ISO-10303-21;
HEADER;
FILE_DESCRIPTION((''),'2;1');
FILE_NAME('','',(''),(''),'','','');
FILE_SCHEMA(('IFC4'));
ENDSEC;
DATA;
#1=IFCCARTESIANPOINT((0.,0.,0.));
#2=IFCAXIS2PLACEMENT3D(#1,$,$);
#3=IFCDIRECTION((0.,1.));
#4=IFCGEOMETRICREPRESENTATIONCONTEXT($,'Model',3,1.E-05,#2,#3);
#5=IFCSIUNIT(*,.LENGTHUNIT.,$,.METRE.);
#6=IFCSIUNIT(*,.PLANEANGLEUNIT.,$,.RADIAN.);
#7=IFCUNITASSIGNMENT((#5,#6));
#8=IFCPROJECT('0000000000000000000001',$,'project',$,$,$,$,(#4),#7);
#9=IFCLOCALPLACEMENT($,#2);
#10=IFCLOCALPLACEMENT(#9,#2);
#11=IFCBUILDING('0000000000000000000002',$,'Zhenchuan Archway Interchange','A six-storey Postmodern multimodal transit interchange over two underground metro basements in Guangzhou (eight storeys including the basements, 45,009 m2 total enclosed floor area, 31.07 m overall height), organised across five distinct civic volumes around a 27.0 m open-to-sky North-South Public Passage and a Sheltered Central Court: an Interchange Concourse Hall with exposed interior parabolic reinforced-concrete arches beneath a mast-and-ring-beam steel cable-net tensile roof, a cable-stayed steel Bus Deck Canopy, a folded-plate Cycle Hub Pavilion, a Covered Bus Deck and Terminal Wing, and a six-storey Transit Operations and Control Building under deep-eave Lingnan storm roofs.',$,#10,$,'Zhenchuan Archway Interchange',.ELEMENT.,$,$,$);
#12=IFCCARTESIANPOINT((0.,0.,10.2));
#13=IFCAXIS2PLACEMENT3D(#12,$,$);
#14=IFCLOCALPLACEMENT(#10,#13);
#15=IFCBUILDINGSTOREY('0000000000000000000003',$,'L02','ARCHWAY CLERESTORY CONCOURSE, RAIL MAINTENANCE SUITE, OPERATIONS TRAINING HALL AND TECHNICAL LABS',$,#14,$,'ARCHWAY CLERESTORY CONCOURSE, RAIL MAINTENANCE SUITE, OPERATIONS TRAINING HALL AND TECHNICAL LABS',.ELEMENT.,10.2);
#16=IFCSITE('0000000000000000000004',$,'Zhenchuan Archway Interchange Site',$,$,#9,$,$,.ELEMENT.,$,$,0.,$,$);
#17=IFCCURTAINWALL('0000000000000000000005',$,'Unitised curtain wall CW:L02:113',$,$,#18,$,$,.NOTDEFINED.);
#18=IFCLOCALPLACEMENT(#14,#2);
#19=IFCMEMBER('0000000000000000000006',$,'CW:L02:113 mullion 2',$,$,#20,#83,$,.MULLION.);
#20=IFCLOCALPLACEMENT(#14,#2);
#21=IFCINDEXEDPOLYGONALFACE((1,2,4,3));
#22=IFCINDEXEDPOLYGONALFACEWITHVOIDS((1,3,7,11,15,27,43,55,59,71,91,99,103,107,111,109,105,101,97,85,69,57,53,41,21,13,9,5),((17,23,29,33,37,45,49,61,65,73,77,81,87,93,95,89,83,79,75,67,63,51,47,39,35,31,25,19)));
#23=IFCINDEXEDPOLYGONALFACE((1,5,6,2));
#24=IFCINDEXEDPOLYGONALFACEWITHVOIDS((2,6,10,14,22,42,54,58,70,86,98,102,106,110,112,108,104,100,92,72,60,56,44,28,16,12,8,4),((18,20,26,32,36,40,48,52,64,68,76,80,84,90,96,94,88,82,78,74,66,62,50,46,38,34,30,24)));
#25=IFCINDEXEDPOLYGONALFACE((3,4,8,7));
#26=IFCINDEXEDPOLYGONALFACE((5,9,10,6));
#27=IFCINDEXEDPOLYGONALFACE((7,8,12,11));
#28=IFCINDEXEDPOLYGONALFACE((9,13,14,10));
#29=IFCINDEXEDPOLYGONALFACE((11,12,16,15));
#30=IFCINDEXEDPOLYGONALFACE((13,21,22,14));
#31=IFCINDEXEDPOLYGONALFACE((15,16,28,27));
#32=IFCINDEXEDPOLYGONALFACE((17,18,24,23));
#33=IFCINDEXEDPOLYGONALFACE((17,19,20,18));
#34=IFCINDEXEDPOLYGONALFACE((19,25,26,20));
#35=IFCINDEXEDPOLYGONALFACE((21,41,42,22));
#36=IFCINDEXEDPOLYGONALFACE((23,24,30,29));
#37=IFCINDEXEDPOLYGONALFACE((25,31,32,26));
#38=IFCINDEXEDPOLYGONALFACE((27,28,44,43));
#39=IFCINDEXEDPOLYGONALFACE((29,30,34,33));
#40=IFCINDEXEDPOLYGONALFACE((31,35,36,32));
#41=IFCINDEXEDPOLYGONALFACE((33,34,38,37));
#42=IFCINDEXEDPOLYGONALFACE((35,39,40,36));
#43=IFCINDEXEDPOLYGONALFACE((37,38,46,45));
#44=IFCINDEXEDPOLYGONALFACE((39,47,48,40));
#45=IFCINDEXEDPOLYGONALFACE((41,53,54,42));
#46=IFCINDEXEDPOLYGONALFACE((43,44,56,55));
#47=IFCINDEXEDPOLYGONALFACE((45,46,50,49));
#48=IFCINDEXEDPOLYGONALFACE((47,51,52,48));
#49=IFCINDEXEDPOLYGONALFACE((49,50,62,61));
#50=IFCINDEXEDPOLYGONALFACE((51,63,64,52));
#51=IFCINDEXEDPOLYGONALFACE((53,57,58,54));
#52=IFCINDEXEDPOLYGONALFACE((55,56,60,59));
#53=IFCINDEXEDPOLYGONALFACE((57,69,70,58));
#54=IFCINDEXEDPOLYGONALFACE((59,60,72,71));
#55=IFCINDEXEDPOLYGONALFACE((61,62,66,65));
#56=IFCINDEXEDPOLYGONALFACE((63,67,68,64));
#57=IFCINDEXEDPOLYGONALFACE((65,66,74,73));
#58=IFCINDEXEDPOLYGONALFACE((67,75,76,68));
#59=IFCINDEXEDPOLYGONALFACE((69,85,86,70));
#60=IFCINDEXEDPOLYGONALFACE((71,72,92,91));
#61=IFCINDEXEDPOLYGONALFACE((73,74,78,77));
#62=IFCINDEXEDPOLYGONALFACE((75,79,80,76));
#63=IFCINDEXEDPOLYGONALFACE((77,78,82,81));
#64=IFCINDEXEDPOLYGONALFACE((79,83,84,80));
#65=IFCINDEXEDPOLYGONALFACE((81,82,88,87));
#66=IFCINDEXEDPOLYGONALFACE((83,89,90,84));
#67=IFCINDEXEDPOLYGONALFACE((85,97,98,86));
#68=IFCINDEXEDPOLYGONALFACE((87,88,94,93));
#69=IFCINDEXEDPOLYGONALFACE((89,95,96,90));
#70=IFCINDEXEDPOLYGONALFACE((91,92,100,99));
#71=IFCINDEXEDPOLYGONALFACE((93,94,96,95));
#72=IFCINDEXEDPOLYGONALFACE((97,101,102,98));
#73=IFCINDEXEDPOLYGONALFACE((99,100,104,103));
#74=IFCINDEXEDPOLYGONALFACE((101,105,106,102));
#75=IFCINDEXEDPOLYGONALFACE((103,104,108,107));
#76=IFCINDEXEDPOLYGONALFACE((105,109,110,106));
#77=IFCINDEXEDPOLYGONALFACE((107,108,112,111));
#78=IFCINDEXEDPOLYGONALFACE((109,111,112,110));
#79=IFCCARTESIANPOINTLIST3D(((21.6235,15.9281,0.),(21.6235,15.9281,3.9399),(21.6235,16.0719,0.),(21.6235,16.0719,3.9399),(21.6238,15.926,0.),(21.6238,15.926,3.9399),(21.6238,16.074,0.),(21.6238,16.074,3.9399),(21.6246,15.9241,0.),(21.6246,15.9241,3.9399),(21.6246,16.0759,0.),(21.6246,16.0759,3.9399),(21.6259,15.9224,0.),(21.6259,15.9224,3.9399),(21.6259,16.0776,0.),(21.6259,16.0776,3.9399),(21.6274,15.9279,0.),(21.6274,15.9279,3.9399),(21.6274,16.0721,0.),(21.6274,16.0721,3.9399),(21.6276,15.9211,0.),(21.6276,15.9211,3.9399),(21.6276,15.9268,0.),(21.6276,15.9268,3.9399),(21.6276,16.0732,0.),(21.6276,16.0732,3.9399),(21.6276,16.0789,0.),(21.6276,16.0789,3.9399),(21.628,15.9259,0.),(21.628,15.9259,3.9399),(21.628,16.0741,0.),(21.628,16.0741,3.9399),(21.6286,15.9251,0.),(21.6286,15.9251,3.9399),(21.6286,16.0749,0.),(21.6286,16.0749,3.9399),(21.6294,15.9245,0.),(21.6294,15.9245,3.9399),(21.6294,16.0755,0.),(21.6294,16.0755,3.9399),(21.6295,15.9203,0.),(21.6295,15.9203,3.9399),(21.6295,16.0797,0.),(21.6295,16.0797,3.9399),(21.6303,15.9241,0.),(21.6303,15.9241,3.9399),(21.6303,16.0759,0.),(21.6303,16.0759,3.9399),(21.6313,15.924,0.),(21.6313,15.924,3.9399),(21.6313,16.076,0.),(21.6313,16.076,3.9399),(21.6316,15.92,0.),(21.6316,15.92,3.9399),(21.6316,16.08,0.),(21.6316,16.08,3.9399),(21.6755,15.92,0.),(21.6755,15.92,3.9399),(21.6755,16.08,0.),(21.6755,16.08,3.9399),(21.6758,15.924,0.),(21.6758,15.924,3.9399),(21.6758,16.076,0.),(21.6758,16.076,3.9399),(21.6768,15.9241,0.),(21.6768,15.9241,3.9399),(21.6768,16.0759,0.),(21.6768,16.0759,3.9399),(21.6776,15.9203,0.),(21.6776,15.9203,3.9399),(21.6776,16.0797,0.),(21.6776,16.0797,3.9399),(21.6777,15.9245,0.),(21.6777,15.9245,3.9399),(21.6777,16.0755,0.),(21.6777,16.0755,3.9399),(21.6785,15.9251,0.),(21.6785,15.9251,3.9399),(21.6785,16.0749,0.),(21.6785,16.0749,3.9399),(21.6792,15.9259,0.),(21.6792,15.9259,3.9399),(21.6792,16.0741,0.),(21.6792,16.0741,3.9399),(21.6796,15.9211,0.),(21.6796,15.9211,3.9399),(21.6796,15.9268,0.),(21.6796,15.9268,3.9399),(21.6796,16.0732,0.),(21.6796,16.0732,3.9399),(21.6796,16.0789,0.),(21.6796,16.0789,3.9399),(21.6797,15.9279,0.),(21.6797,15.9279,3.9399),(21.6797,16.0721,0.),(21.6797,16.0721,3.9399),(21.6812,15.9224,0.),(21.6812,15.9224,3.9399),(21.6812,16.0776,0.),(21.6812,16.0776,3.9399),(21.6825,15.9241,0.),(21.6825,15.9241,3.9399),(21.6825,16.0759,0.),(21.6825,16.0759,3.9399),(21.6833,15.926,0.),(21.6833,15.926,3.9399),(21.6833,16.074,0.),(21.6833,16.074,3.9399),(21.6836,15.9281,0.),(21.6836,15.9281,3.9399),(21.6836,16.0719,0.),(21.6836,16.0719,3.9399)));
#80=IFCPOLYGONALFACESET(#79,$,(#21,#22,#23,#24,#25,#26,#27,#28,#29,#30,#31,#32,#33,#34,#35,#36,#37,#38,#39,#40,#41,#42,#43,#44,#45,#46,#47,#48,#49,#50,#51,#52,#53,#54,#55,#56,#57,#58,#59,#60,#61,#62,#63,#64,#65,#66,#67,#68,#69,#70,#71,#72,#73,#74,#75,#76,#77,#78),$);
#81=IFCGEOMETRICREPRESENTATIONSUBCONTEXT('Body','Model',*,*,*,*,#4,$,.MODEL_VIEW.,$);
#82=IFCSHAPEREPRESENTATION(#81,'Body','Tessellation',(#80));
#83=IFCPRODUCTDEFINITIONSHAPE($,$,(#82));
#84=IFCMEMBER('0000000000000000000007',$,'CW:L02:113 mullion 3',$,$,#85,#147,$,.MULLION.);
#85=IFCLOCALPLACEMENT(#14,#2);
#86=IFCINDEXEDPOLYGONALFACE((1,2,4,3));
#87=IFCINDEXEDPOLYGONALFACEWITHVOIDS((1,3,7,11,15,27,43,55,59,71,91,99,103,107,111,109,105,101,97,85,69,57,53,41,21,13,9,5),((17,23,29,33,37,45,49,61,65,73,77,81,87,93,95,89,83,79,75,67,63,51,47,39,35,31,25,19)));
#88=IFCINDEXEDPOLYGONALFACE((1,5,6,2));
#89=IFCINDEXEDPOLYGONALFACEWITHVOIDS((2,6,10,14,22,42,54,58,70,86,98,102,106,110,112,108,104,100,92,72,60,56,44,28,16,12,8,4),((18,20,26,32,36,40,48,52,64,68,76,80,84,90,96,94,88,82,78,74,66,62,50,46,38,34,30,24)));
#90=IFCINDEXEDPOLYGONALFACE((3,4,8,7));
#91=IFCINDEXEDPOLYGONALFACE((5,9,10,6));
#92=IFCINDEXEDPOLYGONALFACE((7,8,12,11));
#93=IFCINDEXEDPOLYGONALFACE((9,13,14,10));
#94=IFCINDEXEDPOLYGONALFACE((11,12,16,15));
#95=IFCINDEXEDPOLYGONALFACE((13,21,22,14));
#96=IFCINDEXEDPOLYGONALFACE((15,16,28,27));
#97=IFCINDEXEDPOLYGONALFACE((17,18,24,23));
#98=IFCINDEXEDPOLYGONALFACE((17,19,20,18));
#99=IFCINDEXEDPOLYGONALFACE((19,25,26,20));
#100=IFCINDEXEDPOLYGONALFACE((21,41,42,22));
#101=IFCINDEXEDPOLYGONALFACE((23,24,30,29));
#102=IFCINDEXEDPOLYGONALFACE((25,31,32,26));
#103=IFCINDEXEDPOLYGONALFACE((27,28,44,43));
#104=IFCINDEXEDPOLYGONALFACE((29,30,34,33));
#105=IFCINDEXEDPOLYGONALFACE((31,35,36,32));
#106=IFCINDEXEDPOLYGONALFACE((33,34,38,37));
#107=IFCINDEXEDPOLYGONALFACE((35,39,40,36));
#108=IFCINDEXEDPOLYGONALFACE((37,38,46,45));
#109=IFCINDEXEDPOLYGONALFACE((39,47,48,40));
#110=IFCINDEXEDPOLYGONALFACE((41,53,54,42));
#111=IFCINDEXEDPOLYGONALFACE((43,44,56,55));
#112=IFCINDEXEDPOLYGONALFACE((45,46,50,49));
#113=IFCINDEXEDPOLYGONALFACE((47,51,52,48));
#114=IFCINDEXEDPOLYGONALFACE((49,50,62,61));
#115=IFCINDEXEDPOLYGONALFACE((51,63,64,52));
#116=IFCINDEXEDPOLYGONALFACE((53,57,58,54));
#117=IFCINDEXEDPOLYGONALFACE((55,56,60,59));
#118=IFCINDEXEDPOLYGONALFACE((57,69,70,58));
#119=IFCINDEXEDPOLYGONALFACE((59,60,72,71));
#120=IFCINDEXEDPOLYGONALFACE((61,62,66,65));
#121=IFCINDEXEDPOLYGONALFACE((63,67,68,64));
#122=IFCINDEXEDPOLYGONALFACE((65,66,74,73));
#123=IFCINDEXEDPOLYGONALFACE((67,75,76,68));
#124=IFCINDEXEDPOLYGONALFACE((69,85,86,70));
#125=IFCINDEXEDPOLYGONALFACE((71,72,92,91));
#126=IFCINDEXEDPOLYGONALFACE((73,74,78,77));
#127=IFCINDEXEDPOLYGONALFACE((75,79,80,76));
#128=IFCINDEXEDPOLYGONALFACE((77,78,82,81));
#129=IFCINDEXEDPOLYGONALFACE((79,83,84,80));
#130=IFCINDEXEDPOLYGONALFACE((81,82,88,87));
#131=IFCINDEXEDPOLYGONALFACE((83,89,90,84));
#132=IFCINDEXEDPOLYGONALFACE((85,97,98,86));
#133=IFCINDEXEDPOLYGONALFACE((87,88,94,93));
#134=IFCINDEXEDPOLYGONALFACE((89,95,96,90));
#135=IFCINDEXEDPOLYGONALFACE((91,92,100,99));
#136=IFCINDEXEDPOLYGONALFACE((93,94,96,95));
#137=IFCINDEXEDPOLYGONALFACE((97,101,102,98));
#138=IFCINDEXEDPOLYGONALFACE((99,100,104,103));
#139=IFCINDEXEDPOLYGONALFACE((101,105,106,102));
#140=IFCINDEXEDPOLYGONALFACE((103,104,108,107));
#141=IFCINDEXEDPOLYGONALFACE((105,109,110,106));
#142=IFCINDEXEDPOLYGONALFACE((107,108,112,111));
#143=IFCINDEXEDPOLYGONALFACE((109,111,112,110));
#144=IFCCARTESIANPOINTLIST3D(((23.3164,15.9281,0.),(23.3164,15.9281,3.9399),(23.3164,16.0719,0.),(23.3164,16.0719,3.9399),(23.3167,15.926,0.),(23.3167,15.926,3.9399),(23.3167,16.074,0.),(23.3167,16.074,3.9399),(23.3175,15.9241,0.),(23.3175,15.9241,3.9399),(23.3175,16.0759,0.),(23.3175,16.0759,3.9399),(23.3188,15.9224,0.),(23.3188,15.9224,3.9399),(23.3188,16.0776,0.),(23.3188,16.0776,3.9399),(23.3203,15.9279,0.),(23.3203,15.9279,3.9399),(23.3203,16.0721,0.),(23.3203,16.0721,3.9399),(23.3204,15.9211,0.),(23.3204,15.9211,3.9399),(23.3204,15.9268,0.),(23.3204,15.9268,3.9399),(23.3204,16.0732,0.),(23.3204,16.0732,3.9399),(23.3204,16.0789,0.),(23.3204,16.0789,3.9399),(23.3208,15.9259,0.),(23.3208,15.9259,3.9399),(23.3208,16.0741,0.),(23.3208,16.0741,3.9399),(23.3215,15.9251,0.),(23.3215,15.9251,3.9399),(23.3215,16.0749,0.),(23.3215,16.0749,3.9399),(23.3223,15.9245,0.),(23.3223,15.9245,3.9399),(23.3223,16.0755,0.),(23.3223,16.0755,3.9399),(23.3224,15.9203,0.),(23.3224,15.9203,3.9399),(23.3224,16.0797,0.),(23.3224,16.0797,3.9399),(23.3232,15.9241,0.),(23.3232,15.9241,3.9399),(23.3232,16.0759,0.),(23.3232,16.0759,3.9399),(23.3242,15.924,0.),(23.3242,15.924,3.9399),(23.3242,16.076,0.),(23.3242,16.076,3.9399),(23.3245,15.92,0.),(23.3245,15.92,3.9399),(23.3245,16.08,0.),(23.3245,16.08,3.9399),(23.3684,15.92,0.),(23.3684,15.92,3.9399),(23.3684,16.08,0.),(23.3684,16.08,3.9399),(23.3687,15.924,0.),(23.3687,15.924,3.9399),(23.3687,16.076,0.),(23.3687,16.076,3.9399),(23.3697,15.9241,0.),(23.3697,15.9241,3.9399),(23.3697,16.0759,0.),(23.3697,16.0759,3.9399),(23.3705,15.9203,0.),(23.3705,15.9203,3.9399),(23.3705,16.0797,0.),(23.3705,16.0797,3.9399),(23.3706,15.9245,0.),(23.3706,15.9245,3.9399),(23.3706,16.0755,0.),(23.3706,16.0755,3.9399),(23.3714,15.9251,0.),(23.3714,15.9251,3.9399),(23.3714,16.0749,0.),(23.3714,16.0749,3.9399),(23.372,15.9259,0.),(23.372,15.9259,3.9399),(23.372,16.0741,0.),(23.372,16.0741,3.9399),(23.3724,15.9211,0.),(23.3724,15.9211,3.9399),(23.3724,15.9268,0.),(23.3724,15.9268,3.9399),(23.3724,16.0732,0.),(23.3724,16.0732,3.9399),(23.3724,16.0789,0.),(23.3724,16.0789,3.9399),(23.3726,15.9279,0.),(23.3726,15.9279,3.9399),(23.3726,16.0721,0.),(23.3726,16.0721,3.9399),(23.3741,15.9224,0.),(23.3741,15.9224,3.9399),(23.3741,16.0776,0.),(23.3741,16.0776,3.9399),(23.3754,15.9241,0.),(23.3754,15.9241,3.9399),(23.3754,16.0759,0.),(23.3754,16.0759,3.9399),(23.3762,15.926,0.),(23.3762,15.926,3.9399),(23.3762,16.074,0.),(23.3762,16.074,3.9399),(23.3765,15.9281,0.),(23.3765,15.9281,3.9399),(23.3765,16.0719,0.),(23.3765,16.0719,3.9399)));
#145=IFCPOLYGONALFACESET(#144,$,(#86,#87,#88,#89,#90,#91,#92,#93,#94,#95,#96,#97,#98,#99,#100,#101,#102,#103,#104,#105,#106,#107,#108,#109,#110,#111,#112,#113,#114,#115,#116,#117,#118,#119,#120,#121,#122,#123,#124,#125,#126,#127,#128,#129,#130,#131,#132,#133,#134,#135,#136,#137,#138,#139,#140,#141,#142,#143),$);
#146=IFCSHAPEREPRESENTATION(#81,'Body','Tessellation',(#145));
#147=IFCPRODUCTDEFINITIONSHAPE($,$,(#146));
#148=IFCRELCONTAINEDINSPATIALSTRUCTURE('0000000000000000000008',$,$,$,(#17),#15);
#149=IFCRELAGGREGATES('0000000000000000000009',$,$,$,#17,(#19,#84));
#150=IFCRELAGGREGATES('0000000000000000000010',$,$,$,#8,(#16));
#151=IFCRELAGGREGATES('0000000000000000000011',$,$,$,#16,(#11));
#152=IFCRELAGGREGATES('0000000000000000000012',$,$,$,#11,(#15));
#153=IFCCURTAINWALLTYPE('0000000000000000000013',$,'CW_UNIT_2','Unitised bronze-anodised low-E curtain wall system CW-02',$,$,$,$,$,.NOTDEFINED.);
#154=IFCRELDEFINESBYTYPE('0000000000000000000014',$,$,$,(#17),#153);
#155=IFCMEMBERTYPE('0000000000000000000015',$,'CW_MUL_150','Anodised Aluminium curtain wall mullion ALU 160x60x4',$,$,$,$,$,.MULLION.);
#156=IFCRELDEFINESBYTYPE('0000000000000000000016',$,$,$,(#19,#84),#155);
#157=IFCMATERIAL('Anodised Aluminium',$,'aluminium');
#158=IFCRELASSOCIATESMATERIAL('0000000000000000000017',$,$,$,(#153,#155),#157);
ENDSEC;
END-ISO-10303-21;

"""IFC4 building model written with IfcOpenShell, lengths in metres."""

from ifc_helpers import new_model, si_unit, direction, frame, origin, origin_2d, place, context, subcontext, project, spatial, hollow_rectangle, extrude, material, material_profile, profile_set, type_object, element, aggregate, save


model = new_model("IFC4")

# Units and contexts
model_context = context("Model", 3, precision=1e-05, world=origin(), true_north=direction((0.0, 1.0)))
body_context = subcontext(model_context, "Body", "Model", "MODEL_VIEW")
ifc_project = project(units=[si_unit("LENGTHUNIT", "METRE"), si_unit("PLANEANGLEUNIT", "RADIAN")], contexts=[model_context])

# Site, building, storey
site_placement = place(None, origin())
site = spatial("IfcSite", under=ifc_project, at=site_placement, Name="Zhenchuan Archway Interchange Site", CompositionType="ELEMENT", RefElevation=0.0)
building_placement = place(site_placement, origin())
building = spatial("IfcBuilding", under=site, at=building_placement, Name="Zhenchuan Archway Interchange", Description="A six-storey Postmodern multimodal transit interchange over two underground metro basements in Guangzhou (eight storeys including the basements, 45,009 m2 total enclosed floor area, 31.07 m overall height), organised across five distinct civic volumes around a 27.0 m open-to-sky North-South Public Passage and a Sheltered Central Court: an Interchange Concourse Hall with exposed interior parabolic reinforced-concrete arches beneath a mast-and-ring-beam steel cable-net tensile roof, a cable-stayed steel Bus Deck Canopy, a folded-plate Cycle Hub Pavilion, a Covered Bus Deck and Terminal Wing, and a six-storey Transit Operations and Control Building under deep-eave Lingnan storm roofs.", LongName="Zhenchuan Archway Interchange", CompositionType="ELEMENT")
storey_placement = place(building_placement, frame((0.0, 0.0, 10.2)))
storey = spatial("IfcBuildingStorey", under=building, at=storey_placement, Name="L02", Description="ARCHWAY CLERESTORY CONCOURSE, RAIL MAINTENANCE SUITE, OPERATIONS TRAINING HALL AND TECHNICAL LABS", LongName="ARCHWAY CLERESTORY CONCOURSE, RAIL MAINTENANCE SUITE, OPERATIONS TRAINING HALL AND TECHNICAL LABS", CompositionType="ELEMENT", Elevation=10.2)

# Curtain wall, members
ifc_material_1 = material(Name="Anodised Aluminium", Category="aluminium")
curtain_wall_type = type_object("IfcCurtainWallType", Name="CW_UNIT_2", Description="Unitised bronze-anodised low-E curtain wall system CW-02", PredefinedType="NOTDEFINED", material=ifc_material_1)
curtain_wall_placement = place(storey_placement, origin())
curtain_wall = element("IfcCurtainWall", 1, at=curtain_wall_placement, inside=storey, type_object=curtain_wall_type, Name="Unitised curtain wall CW:L02:113", PredefinedType="NOTDEFINED")
ifc_material_profile_1 = material_profile(ifc_material_1, hollow_rectangle(XDim=0.0601, YDim=0.1599, WallThickness=0.0039, InnerFilletRadius=0.0039, OuterFilletRadius=0.0081, at=origin_2d()), Name="ALU 160x60x4")
ifc_profile_set_1 = profile_set([ifc_material_profile_1], Name="Anodised Aluminium")
member_type_1 = type_object("IfcMemberType", Name="CW_MUL_150", Description="Anodised Aluminium curtain wall mullion ALU 160x60x4", PredefinedType="MULLION", material=ifc_profile_set_1)
member_1_placement = place(storey_placement, frame((21.6536, 16.0, 0.0), z_axis=(0.0, 0.0, 1.0), x_axis=(1.0, 0.0, 0.0)))
member_1 = element("IfcMember", 2, at=member_1_placement, type_object=member_type_1, Name="CW:L02:113 mullion 2", PredefinedType="MULLION", context=body_context, shape_type="SweptSolid", body=[
    extrude(hollow_rectangle(XDim=0.0601, YDim=0.1599, WallThickness=0.0039, InnerFilletRadius=0.0039, OuterFilletRadius=0.0081, at=origin_2d()), origin(), (0.0, 0.0, 1.0), 3.9399),
])
member_2_placement = place(storey_placement, frame((23.3464, 16.0, 0.0), z_axis=(0.0, 0.0, 1.0), x_axis=(1.0, 0.0, 0.0)))
member_2 = element("IfcMember", 3, at=member_2_placement, type_object=member_type_1, Name="CW:L02:113 mullion 3", PredefinedType="MULLION", context=body_context, shape_type="SweptSolid", body=[
    extrude(hollow_rectangle(XDim=0.0601, YDim=0.1599, WallThickness=0.0039, InnerFilletRadius=0.0039, OuterFilletRadius=0.0081, at=origin_2d()), origin(), (0.0, 0.0, 1.0), 3.9399),
])

aggregate(curtain_wall, [member_1, member_2])

save(model, "model.ifc")
